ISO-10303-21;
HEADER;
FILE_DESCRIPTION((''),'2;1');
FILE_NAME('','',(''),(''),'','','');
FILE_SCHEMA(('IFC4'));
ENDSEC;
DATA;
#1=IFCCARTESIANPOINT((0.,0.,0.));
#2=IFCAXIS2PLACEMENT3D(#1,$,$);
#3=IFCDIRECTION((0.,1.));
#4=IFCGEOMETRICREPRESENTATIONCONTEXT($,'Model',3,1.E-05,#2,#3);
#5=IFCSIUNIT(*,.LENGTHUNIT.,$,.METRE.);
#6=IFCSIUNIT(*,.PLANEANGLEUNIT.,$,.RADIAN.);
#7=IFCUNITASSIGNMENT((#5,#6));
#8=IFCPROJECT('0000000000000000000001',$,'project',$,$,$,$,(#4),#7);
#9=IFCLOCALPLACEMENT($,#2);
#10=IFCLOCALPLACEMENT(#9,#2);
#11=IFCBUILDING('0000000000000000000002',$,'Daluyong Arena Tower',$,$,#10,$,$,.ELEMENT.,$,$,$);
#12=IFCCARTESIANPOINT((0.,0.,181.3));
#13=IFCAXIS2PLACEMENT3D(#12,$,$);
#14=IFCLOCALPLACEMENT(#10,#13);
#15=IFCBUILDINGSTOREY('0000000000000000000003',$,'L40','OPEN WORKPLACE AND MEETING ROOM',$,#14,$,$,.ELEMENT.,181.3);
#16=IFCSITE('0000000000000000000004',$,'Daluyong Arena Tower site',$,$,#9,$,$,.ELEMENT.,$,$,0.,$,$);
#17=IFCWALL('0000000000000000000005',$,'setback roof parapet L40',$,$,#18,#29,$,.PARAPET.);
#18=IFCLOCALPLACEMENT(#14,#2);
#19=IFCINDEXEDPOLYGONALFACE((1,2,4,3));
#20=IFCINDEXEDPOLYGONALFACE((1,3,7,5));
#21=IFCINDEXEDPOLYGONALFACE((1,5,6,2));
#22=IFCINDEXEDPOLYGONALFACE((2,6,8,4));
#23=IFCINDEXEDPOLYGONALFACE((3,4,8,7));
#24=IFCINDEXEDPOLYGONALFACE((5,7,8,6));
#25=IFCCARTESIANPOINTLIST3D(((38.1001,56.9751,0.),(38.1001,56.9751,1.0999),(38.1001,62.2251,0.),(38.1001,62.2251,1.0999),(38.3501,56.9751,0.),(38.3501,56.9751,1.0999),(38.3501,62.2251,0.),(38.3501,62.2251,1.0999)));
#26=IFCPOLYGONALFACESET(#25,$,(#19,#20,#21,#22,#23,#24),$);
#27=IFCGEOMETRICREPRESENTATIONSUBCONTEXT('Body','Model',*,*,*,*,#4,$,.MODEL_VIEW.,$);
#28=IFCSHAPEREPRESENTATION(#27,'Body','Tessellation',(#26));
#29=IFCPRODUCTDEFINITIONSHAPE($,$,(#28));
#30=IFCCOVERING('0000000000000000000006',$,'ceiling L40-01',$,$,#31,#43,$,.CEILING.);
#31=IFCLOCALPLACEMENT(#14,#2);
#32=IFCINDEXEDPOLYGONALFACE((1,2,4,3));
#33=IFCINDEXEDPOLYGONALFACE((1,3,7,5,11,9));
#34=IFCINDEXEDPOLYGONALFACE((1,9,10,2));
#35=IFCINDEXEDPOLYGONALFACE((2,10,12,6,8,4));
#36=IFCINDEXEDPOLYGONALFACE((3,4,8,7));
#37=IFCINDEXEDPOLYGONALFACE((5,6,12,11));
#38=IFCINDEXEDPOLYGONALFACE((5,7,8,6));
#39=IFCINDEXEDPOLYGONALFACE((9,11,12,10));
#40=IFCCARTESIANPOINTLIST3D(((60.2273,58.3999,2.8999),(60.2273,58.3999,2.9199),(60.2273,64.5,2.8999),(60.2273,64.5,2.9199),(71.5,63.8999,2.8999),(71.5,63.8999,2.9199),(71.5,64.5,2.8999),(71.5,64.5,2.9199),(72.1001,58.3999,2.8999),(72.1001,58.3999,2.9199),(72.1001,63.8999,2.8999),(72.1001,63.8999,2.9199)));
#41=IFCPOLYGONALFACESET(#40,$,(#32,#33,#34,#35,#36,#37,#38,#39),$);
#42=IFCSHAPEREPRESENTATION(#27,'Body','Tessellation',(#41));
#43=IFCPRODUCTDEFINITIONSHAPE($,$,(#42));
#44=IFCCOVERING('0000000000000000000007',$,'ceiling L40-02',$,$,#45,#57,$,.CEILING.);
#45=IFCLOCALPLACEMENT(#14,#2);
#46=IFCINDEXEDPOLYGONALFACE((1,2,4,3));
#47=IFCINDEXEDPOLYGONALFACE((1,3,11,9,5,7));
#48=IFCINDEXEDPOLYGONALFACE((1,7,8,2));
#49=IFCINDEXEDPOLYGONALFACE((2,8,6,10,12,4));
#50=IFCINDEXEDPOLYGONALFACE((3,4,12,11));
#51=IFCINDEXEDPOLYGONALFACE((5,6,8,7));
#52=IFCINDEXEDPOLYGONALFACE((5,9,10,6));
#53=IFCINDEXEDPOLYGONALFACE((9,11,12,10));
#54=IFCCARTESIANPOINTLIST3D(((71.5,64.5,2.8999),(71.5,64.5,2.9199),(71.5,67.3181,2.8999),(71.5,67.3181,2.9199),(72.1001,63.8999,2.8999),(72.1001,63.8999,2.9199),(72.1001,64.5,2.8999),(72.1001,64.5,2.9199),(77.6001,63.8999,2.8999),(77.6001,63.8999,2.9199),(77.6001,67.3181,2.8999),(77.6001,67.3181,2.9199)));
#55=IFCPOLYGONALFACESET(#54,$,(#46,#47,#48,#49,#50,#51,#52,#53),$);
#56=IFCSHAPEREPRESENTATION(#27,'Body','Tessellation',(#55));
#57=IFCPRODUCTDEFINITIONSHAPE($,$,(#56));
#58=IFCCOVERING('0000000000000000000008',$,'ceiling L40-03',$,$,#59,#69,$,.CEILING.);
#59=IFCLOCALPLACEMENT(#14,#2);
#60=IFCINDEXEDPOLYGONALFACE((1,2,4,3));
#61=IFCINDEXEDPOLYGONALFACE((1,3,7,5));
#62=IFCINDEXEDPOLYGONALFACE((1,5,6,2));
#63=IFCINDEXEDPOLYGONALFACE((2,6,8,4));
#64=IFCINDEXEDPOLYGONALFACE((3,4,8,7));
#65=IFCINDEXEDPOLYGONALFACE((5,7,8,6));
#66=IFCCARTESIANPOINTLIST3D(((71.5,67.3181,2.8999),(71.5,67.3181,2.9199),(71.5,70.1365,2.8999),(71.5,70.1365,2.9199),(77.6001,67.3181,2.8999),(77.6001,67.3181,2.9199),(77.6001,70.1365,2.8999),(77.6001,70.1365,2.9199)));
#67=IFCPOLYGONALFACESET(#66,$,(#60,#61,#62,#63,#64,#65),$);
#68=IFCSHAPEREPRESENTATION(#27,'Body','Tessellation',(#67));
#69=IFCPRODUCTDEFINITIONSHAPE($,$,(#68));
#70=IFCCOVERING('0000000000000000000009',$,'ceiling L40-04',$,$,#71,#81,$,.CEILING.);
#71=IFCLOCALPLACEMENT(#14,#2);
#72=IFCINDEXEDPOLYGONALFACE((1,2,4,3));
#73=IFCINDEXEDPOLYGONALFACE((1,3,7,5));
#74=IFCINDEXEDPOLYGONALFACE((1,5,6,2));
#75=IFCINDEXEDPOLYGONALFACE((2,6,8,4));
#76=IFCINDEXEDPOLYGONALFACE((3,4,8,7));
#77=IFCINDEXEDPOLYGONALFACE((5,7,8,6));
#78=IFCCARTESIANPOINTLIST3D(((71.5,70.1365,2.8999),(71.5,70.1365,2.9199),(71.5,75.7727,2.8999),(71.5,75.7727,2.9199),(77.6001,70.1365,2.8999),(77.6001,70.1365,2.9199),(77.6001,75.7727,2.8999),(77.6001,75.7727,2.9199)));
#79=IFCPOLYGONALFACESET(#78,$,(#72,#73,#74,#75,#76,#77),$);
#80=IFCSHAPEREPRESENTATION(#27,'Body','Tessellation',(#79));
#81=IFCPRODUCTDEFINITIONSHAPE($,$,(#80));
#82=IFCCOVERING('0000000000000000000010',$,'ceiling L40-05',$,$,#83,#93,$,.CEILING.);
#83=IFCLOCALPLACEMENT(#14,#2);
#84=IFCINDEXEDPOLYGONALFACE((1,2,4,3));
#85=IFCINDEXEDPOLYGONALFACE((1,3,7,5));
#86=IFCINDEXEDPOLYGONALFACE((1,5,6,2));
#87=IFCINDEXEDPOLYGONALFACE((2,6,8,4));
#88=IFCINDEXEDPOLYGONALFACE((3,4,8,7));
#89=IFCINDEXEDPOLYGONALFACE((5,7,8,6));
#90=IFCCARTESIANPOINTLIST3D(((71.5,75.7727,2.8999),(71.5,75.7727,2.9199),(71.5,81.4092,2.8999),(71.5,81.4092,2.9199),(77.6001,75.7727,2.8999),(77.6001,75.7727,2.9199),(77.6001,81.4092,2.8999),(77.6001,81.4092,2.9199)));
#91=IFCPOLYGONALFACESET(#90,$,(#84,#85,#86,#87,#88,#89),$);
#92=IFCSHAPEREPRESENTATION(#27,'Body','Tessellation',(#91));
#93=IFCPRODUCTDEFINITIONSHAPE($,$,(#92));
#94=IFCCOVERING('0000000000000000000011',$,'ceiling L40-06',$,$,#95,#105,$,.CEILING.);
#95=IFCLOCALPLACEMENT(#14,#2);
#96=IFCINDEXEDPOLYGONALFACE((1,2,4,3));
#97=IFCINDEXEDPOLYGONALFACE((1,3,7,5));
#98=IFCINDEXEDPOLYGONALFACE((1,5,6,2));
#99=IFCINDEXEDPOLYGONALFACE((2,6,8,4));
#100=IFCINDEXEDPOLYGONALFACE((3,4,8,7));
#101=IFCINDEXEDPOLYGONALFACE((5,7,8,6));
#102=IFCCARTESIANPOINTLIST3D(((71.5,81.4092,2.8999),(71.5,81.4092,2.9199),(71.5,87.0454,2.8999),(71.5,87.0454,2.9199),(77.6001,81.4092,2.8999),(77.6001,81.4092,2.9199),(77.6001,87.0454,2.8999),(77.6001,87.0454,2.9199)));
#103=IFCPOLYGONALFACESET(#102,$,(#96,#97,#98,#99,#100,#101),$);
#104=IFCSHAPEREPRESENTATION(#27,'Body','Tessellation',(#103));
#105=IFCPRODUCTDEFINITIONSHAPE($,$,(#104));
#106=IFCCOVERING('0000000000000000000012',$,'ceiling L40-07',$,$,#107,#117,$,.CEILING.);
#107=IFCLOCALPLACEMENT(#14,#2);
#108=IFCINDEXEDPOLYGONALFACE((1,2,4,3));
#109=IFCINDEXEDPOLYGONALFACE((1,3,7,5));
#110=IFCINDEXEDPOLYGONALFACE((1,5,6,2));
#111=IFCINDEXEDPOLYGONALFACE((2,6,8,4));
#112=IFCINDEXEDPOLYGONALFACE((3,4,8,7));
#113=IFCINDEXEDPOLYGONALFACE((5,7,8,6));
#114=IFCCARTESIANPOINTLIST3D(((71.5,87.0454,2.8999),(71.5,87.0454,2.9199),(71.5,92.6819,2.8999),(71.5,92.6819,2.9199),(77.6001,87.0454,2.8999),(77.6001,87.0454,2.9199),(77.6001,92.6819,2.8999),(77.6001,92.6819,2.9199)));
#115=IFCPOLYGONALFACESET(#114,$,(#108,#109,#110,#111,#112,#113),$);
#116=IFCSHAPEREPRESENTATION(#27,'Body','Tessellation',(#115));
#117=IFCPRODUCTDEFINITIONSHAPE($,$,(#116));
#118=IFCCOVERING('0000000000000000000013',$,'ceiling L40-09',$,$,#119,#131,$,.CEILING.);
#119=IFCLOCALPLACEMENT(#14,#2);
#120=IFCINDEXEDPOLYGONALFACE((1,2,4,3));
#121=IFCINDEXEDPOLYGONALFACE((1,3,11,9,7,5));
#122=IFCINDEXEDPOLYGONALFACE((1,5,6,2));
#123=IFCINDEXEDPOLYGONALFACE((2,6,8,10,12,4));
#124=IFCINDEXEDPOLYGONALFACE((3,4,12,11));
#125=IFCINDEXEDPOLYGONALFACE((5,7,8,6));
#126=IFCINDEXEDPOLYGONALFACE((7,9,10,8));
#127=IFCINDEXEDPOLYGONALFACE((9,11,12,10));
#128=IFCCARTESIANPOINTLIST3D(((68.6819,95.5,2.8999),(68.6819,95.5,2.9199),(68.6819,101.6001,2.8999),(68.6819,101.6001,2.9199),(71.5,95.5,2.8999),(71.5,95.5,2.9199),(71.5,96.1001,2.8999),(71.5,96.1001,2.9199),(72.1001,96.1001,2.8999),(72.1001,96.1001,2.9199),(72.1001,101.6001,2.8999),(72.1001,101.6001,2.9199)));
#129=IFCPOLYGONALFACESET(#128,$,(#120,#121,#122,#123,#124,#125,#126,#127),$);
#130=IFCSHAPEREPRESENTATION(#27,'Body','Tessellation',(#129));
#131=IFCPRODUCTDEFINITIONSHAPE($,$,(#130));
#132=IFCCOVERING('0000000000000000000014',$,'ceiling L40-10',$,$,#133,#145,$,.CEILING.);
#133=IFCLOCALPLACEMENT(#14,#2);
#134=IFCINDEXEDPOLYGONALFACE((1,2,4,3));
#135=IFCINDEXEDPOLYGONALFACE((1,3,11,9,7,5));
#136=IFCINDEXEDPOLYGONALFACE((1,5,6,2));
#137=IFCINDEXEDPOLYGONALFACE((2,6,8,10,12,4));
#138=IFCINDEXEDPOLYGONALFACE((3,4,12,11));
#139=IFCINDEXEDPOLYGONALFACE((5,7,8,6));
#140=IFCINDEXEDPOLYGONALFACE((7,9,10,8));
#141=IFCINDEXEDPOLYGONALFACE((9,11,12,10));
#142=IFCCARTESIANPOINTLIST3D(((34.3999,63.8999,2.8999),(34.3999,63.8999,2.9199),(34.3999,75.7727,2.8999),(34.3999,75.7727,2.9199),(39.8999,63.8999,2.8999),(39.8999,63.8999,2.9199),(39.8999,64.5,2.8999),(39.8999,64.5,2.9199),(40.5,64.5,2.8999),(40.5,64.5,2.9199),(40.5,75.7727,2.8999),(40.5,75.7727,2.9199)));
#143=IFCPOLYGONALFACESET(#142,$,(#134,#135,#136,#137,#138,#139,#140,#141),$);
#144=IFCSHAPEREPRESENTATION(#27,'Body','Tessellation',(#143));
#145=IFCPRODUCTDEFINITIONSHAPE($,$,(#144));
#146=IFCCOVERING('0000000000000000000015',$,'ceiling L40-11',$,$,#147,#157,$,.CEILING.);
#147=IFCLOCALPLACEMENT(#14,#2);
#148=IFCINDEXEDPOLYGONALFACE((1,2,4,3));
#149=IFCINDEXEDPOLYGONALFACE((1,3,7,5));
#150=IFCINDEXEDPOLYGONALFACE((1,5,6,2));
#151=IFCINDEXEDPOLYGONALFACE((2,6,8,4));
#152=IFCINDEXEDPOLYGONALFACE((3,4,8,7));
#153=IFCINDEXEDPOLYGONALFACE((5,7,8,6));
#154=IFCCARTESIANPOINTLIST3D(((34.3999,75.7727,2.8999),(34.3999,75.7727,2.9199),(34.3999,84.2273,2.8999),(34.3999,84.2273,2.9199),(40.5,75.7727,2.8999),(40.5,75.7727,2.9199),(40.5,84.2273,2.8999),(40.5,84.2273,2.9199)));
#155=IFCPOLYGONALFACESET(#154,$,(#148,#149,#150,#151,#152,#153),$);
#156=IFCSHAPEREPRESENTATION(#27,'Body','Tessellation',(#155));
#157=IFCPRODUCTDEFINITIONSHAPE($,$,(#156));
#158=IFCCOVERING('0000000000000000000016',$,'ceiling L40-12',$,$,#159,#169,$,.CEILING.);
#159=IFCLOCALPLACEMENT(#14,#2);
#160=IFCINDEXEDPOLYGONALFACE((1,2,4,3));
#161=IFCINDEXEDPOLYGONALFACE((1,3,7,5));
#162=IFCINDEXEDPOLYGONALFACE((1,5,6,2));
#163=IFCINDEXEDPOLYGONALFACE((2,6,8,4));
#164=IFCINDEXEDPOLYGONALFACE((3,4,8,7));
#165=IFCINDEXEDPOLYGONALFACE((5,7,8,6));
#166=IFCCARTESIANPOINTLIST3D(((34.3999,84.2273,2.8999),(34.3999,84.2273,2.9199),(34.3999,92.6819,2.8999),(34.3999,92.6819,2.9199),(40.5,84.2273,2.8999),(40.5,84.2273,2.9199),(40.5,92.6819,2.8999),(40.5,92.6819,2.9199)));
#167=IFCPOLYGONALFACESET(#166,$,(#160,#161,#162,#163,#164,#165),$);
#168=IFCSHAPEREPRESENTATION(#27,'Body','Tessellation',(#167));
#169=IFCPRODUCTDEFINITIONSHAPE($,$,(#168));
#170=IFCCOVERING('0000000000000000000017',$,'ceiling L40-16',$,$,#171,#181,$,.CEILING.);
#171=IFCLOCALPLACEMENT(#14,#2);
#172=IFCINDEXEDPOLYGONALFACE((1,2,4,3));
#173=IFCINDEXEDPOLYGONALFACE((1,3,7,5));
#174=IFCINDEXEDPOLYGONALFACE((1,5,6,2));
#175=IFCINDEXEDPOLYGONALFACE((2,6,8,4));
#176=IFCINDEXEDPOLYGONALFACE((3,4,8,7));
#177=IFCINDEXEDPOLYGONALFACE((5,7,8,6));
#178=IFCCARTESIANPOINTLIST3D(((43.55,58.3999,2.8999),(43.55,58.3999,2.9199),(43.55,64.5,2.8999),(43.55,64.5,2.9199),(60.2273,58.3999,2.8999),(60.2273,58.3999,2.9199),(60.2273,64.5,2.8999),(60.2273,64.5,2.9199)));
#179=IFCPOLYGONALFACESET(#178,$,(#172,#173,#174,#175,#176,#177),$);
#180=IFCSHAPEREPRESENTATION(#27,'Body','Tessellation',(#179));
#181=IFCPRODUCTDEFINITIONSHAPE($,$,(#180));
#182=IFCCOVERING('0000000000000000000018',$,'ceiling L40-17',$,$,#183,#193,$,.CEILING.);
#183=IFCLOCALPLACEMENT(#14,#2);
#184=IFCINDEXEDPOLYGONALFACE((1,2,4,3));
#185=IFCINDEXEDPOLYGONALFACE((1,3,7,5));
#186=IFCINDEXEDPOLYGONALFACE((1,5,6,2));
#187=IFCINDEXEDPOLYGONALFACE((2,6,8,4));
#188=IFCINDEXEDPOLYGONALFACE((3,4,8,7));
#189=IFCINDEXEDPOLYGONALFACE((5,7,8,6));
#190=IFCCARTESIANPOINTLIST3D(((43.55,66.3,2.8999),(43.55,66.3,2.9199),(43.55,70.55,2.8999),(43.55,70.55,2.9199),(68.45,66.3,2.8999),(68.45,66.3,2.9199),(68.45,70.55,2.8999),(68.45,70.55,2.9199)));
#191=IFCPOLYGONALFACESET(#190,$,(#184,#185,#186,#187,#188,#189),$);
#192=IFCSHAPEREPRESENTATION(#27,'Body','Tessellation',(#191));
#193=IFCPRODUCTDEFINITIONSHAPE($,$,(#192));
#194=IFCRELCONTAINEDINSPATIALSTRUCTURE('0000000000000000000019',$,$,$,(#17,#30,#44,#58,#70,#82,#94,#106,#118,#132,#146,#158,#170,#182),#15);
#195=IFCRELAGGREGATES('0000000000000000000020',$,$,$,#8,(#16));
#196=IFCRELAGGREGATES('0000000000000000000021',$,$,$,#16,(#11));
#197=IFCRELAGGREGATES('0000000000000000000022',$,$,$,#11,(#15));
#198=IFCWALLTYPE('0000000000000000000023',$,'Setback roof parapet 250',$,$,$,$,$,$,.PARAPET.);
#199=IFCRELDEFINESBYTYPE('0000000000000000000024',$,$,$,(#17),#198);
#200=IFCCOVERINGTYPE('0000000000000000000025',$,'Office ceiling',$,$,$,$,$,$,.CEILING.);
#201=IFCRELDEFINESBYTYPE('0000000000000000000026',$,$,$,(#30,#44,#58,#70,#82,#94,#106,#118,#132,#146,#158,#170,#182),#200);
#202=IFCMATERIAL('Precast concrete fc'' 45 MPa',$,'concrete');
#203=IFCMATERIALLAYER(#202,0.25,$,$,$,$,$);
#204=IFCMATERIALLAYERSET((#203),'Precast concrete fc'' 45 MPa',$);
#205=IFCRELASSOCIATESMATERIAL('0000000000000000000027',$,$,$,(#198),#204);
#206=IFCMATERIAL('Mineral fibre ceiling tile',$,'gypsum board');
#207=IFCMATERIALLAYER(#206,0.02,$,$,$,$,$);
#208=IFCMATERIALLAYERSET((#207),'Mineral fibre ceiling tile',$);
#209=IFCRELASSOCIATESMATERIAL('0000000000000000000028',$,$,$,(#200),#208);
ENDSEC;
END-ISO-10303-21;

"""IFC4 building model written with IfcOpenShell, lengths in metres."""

from ifc_helpers import new_model, si_unit, direction, frame, frame_2d, origin, place, context, subcontext, project, spatial, polyline, rectangle, outline, extrude, material, layer, layer_set, type_object, element, save


model = new_model("IFC4")

# Units and contexts
model_context = context("Model", 3, precision=1e-05, world=origin(), true_north=direction((0.0, 1.0)))
body_context = subcontext(model_context, "Body", "Model", "MODEL_VIEW")
ifc_project = project(units=[si_unit("LENGTHUNIT", "METRE"), si_unit("PLANEANGLEUNIT", "RADIAN")], contexts=[model_context])

# Site, building, storey
site_placement = place(None, origin())
site = spatial("IfcSite", under=ifc_project, at=site_placement, Name="Daluyong Arena Tower site", CompositionType="ELEMENT", RefElevation=0.0)
building_placement = place(site_placement, origin())
building = spatial("IfcBuilding", under=site, at=building_placement, Name="Daluyong Arena Tower", CompositionType="ELEMENT")
storey_placement = place(building_placement, frame((0.0, 0.0, 181.3)))
storey = spatial("IfcBuildingStorey", under=building, at=storey_placement, Name="L40", Description="OPEN WORKPLACE AND MEETING ROOM", CompositionType="ELEMENT", Elevation=181.3)

# Wall
ifc_material_1 = material(Name="Precast concrete fc' 45 MPa", Category="concrete")
ifc_layer_1 = layer(ifc_material_1, 0.25)
ifc_layer_set_1 = layer_set([ifc_layer_1], Name="Precast concrete fc' 45 MPa")
wall_type = type_object("IfcWallType", Name="Setback roof parapet 250", PredefinedType="PARAPET", material=ifc_layer_set_1)
wall_placement = place(storey_placement, frame((38.2251, 56.9751, 0.0), z_axis=(0.0, 0.0, 1.0), x_axis=(0.0, 1.0, 0.0)))
element("IfcWall", 1, at=wall_placement, inside=storey, type_object=wall_type, Name="setback roof parapet L40", PredefinedType="PARAPET", context=body_context, shape_type="SweptSolid", body=[
    extrude(rectangle(XDim=5.25, YDim=0.25, at=frame_2d((2.625, 0.0))), origin(), (0.0, 0.0, 1.0), 1.0999),
])

# Coverings
ifc_material_2 = material(Name="Mineral fibre ceiling tile", Category="gypsum board")
ifc_layer_2 = layer(ifc_material_2, 0.02)
ifc_layer_set_2 = layer_set([ifc_layer_2], Name="Mineral fibre ceiling tile")
covering_type_1 = type_object("IfcCoveringType", Name="Office ceiling", PredefinedType="CEILING", material=ifc_layer_set_2)
covering_1_placement = place(storey_placement, frame((0.0, 0.0, 2.8999)))
element("IfcCovering", 2, at=covering_1_placement, inside=storey, type_object=covering_type_1, Name="ceiling L40-01", PredefinedType="CEILING", context=body_context, shape_type="SweptSolid", body=[
    extrude(outline(polyline([(72.1001, 58.3999), (72.1001, 63.8999), (71.5, 63.8999), (71.5, 64.5), (60.2273, 64.5), (60.2273, 58.3999), (72.1001, 58.3999)])), origin(), (0.0, 0.0, 1.0), 0.02),
])
covering_2_placement = place(storey_placement, frame((0.0, 0.0, 2.8999)))
element("IfcCovering", 3, at=covering_2_placement, inside=storey, type_object=covering_type_1, Name="ceiling L40-02", PredefinedType="CEILING", context=body_context, shape_type="SweptSolid", body=[
    extrude(outline(polyline([(72.1001, 63.8999), (77.6001, 63.8999), (77.6001, 67.3181), (71.5, 67.3181), (71.5, 64.5), (72.1001, 64.5), (72.1001, 63.8999)])), origin(), (0.0, 0.0, 1.0), 0.02),
])
covering_3_placement = place(storey_placement, frame((0.0, 0.0, 2.8999)))
element("IfcCovering", 4, at=covering_3_placement, inside=storey, type_object=covering_type_1, Name="ceiling L40-03", PredefinedType="CEILING", context=body_context, shape_type="SweptSolid", body=[
    extrude(outline(polyline([(71.5, 67.3181), (77.6001, 67.3181), (77.6001, 70.1365), (71.5, 70.1365), (71.5, 67.3181)])), origin(), (0.0, 0.0, 1.0), 0.02),
])
covering_4_placement = place(storey_placement, frame((0.0, 0.0, 2.8999)))
element("IfcCovering", 5, at=covering_4_placement, inside=storey, type_object=covering_type_1, Name="ceiling L40-04", PredefinedType="CEILING", context=body_context, shape_type="SweptSolid", body=[
    extrude(outline(polyline([(71.5, 70.1365), (77.6001, 70.1365), (77.6001, 75.7727), (71.5, 75.7727), (71.5, 70.1365)])), origin(), (0.0, 0.0, 1.0), 0.02),
])
covering_5_placement = place(storey_placement, frame((0.0, 0.0, 2.8999)))
element("IfcCovering", 6, at=covering_5_placement, inside=storey, type_object=covering_type_1, Name="ceiling L40-05", PredefinedType="CEILING", context=body_context, shape_type="SweptSolid", body=[
    extrude(outline(polyline([(71.5, 75.7727), (77.6001, 75.7727), (77.6001, 81.4092), (71.5, 81.4092), (71.5, 75.7727)])), origin(), (0.0, 0.0, 1.0), 0.02),
])
covering_6_placement = place(storey_placement, frame((0.0, 0.0, 2.8999)))
element("IfcCovering", 7, at=covering_6_placement, inside=storey, type_object=covering_type_1, Name="ceiling L40-06", PredefinedType="CEILING", context=body_context, shape_type="SweptSolid", body=[
    extrude(outline(polyline([(71.5, 81.4092), (77.6001, 81.4092), (77.6001, 87.0454), (71.5, 87.0454), (71.5, 81.4092)])), origin(), (0.0, 0.0, 1.0), 0.02),
])
covering_7_placement = place(storey_placement, frame((0.0, 0.0, 2.8999)))
element("IfcCovering", 8, at=covering_7_placement, inside=storey, type_object=covering_type_1, Name="ceiling L40-07", PredefinedType="CEILING", context=body_context, shape_type="SweptSolid", body=[
    extrude(outline(polyline([(71.5, 87.0454), (77.6001, 87.0454), (77.6001, 92.6819), (71.5, 92.6819), (71.5, 87.0454)])), origin(), (0.0, 0.0, 1.0), 0.02),
])
covering_8_placement = place(storey_placement, frame((0.0, 0.0, 2.8999)))
element("IfcCovering", 9, at=covering_8_placement, inside=storey, type_object=covering_type_1, Name="ceiling L40-09", PredefinedType="CEILING", context=body_context, shape_type="SweptSolid", body=[
    extrude(outline(polyline([(68.6819, 95.5), (71.5, 95.5), (71.5, 96.1001), (72.1001, 96.1001), (72.1001, 101.6001), (68.6819, 101.6001), (68.6819, 95.5)])), origin(), (0.0, 0.0, 1.0), 0.02),
])
covering_9_placement = place(storey_placement, frame((0.0, 0.0, 2.8999)))
element("IfcCovering", 10, at=covering_9_placement, inside=storey, type_object=covering_type_1, Name="ceiling L40-10", PredefinedType="CEILING", context=body_context, shape_type="SweptSolid", body=[
    extrude(outline(polyline([(34.3999, 63.8999), (39.8999, 63.8999), (39.8999, 64.5), (40.5, 64.5), (40.5, 75.7727), (34.3999, 75.7727), (34.3999, 63.8999)])), origin(), (0.0, 0.0, 1.0), 0.02),
])
covering_10_placement = place(storey_placement, frame((0.0, 0.0, 2.8999)))
element("IfcCovering", 11, at=covering_10_placement, inside=storey, type_object=covering_type_1, Name="ceiling L40-11", PredefinedType="CEILING", context=body_context, shape_type="SweptSolid", body=[
    extrude(outline(polyline([(40.5, 84.2273), (34.3999, 84.2273), (34.3999, 75.7727), (40.5, 75.7727), (40.5, 84.2273)])), origin(), (0.0, 0.0, 1.0), 0.02),
])
covering_11_placement = place(storey_placement, frame((0.0, 0.0, 2.8999)))
element("IfcCovering", 12, at=covering_11_placement, inside=storey, type_object=covering_type_1, Name="ceiling L40-12", PredefinedType="CEILING", context=body_context, shape_type="SweptSolid", body=[
    extrude(outline(polyline([(40.5, 92.6819), (34.3999, 92.6819), (34.3999, 84.2273), (40.5, 84.2273), (40.5, 92.6819)])), origin(), (0.0, 0.0, 1.0), 0.02),
])
covering_12_placement = place(storey_placement, frame((0.0, 0.0, 2.8999)))
element("IfcCovering", 13, at=covering_12_placement, inside=storey, type_object=covering_type_1, Name="ceiling L40-16", PredefinedType="CEILING", context=body_context, shape_type="SweptSolid", body=[
    extrude(outline(polyline([(43.55, 58.3999), (60.2273, 58.3999), (60.2273, 64.5), (43.55, 64.5), (43.55, 58.3999)])), origin(), (0.0, 0.0, 1.0), 0.02),
])
covering_13_placement = place(storey_placement, frame((0.0, 0.0, 2.8999)))
element("IfcCovering", 14, at=covering_13_placement, inside=storey, type_object=covering_type_1, Name="ceiling L40-17", PredefinedType="CEILING", context=body_context, shape_type="SweptSolid", body=[
    extrude(outline(polyline([(68.45, 70.55), (43.55, 70.55), (43.55, 66.3), (68.45, 66.3), (68.45, 70.55)])), origin(), (0.0, 0.0, 1.0), 0.02),
])

save(model, "model.ifc")
